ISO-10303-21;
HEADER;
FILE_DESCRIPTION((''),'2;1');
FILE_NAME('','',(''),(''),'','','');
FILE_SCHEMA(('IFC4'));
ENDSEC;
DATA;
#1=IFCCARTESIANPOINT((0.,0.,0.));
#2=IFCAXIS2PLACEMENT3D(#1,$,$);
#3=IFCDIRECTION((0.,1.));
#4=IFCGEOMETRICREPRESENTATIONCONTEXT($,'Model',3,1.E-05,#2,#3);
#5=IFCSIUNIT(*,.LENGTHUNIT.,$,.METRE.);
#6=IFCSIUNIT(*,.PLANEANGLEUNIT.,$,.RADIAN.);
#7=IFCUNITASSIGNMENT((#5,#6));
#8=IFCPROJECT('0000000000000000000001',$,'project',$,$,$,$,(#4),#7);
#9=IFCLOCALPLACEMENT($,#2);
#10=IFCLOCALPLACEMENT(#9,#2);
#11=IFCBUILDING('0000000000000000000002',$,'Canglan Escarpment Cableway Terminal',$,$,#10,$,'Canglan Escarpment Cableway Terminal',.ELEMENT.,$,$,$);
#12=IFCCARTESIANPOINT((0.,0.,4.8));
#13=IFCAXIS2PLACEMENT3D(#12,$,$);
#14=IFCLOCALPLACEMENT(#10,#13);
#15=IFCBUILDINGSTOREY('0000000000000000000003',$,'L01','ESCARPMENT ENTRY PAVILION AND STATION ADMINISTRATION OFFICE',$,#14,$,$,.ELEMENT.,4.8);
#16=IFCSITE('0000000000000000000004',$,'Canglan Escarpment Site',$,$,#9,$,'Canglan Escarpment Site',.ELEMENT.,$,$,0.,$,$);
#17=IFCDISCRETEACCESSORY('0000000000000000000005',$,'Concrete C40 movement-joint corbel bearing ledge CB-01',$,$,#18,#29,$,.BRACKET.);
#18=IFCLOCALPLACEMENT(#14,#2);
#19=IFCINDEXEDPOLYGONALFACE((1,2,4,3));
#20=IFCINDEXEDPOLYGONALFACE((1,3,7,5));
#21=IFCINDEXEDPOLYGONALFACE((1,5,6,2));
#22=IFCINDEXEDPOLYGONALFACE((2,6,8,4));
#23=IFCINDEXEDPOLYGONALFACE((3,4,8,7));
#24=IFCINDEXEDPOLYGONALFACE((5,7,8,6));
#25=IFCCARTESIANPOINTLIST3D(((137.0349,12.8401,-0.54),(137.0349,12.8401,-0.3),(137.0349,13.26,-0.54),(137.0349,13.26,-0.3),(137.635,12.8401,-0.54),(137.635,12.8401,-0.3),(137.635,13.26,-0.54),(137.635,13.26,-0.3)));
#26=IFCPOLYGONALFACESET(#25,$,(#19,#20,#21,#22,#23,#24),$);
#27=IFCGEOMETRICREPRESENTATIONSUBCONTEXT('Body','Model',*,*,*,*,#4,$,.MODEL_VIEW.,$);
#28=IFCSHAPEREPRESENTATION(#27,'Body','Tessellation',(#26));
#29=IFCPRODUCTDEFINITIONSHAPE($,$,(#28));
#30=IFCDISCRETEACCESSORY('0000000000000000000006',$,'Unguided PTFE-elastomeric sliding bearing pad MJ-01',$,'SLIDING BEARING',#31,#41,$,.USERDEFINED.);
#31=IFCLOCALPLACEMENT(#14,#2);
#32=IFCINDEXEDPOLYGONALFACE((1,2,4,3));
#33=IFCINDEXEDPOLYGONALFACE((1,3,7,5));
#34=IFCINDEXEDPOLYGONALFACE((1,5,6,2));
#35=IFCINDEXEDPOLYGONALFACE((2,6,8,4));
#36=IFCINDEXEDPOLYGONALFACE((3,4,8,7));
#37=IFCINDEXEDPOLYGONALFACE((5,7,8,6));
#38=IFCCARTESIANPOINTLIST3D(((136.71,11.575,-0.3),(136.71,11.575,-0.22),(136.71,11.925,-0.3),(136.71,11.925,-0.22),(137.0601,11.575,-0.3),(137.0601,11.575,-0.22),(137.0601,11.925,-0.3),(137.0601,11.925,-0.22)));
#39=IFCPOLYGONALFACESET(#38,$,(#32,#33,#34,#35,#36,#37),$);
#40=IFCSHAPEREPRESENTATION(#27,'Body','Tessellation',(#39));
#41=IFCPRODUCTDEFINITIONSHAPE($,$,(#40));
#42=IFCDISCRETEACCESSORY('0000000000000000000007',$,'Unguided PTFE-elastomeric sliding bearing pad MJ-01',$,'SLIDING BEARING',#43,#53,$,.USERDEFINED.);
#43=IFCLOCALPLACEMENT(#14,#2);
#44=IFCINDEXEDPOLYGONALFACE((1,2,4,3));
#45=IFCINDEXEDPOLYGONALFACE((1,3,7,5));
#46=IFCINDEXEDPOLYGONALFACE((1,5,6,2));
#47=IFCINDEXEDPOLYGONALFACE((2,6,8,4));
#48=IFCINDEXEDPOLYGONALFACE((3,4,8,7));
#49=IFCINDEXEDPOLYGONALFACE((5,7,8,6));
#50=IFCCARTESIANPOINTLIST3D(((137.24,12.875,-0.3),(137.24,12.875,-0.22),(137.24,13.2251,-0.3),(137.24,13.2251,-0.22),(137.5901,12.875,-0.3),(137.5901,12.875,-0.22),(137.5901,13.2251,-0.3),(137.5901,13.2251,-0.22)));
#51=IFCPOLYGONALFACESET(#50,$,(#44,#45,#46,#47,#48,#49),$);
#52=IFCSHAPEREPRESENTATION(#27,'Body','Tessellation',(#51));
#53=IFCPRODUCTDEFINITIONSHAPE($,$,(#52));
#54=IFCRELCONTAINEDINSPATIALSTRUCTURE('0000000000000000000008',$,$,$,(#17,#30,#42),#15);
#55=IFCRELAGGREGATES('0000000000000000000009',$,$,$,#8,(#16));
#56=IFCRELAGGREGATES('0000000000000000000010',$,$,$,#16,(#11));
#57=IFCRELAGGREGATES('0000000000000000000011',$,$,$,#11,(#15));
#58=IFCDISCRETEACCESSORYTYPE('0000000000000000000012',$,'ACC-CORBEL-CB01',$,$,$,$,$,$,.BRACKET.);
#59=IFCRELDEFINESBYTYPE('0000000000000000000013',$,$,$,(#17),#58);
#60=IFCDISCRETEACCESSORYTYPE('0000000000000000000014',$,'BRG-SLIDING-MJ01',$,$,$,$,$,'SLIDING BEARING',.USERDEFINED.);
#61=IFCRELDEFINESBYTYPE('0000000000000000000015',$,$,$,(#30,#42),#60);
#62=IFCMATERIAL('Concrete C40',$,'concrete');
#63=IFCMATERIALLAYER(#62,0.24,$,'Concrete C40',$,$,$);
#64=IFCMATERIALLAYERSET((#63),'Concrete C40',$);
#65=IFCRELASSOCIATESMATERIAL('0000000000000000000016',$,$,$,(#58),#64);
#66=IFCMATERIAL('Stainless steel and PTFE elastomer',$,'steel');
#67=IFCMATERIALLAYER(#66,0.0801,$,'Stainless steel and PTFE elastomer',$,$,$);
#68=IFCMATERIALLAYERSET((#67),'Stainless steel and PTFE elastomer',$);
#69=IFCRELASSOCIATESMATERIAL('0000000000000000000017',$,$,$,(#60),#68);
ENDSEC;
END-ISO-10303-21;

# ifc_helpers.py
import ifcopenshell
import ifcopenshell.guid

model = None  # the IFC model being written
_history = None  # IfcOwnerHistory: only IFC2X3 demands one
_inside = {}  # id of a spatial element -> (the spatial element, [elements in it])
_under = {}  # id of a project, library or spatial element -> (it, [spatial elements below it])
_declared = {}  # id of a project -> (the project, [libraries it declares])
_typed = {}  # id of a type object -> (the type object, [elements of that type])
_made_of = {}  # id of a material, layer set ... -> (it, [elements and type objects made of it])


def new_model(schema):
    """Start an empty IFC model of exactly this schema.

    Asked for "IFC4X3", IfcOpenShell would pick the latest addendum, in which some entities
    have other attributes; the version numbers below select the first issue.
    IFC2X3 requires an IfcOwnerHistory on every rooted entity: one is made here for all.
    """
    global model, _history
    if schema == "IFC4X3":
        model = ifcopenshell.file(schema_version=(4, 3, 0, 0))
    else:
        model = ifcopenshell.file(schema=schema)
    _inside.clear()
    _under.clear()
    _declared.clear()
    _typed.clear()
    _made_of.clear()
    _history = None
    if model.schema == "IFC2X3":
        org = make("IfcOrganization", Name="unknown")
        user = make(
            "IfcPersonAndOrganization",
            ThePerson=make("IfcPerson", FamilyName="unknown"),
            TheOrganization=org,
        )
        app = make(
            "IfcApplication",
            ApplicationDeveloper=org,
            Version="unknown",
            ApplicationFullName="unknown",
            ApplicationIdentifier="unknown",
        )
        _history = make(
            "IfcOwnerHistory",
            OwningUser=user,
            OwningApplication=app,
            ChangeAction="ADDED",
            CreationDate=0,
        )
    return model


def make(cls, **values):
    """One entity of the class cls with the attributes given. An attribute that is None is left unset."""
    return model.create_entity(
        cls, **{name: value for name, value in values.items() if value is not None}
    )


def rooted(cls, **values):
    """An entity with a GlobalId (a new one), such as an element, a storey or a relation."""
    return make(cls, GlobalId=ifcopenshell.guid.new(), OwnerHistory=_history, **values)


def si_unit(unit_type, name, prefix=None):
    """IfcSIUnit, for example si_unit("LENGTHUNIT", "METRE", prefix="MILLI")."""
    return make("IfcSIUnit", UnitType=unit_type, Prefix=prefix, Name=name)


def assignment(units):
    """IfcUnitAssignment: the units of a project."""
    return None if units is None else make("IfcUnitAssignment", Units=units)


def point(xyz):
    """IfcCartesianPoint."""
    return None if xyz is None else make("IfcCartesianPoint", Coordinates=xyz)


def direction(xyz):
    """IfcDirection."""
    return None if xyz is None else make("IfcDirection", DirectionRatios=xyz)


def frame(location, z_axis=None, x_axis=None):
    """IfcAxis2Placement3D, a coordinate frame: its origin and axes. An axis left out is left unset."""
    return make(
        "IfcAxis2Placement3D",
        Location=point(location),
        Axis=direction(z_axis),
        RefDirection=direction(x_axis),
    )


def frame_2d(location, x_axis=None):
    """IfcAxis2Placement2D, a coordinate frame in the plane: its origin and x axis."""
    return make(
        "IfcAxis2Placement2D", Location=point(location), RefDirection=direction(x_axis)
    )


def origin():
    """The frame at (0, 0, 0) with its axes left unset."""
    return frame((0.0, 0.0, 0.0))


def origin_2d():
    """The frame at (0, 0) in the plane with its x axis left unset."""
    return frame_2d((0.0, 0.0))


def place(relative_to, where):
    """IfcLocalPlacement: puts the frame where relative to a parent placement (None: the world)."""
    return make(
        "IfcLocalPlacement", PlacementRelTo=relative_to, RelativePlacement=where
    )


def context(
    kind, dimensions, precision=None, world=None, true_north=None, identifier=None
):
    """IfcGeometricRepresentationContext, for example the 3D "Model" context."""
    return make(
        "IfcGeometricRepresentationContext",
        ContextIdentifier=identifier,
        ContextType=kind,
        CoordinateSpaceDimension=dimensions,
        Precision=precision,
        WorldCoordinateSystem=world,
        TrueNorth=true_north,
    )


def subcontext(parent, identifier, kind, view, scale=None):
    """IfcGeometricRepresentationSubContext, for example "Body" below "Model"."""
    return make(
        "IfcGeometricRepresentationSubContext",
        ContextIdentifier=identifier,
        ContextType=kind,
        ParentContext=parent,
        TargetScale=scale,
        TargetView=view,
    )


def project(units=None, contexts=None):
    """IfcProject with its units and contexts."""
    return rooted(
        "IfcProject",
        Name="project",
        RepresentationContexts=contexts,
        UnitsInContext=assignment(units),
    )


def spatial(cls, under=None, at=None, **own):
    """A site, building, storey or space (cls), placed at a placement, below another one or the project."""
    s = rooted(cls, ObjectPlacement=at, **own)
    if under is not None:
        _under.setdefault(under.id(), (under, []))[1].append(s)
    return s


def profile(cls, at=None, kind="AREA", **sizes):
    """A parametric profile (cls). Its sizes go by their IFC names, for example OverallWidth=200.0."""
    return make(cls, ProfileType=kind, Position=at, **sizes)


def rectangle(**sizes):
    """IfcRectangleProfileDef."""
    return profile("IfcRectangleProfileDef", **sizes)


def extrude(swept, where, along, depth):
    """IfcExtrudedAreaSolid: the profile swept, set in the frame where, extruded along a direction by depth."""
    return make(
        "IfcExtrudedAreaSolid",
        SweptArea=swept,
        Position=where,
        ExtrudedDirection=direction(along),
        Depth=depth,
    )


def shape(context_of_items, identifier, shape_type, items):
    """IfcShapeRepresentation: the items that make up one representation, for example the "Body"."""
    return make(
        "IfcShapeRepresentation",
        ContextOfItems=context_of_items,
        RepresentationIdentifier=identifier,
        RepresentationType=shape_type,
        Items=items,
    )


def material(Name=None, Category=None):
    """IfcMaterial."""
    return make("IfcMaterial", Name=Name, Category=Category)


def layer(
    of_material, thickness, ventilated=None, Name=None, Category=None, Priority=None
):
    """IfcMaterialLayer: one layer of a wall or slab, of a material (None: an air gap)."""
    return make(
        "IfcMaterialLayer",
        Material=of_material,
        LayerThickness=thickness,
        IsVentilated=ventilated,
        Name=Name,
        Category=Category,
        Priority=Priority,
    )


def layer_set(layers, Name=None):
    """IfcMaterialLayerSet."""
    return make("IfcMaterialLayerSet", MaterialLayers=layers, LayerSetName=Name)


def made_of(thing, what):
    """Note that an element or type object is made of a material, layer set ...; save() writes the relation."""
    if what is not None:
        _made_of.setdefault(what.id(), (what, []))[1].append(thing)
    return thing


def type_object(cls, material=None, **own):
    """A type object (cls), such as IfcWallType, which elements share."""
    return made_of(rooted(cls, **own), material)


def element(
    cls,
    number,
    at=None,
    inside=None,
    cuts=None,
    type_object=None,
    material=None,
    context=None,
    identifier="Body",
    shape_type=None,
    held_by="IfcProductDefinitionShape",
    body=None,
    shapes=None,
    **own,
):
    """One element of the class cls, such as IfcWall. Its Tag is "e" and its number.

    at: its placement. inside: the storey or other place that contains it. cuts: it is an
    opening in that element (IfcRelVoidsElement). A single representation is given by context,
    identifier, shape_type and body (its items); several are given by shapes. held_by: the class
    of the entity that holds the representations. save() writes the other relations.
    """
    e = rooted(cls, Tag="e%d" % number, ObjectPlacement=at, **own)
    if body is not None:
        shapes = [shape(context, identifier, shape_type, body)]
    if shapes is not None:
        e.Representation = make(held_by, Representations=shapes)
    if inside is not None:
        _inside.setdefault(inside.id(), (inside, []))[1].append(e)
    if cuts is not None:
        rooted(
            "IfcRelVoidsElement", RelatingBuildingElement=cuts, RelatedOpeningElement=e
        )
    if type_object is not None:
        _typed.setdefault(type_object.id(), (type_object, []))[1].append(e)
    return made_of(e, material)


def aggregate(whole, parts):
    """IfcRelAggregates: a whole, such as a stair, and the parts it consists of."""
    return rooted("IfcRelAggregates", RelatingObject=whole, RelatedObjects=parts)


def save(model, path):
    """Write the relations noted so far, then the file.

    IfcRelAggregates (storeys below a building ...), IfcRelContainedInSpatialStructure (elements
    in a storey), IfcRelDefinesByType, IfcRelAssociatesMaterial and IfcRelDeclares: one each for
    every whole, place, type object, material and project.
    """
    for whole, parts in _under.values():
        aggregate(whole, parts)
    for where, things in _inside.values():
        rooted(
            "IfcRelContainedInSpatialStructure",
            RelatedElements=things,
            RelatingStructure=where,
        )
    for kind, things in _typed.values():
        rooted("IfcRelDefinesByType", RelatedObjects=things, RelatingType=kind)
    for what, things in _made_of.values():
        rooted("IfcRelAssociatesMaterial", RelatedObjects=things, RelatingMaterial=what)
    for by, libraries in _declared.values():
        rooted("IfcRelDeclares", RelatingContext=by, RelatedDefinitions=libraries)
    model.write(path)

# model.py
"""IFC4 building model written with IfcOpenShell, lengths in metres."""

from ifc_helpers import new_model, si_unit, direction, frame, origin, origin_2d, place, context, subcontext, project, spatial, rectangle, extrude, material, layer, layer_set, type_object, element, save


model = new_model("IFC4")

# Units and contexts
model_context = context("Model", 3, precision=1e-05, world=origin(), true_north=direction((0.0, 1.0)))
body_context = subcontext(model_context, "Body", "Model", "MODEL_VIEW")
ifc_project = project(units=[si_unit("LENGTHUNIT", "METRE"), si_unit("PLANEANGLEUNIT", "RADIAN")], contexts=[model_context])

# Site, building, storey
site_placement = place(None, origin())
site = spatial("IfcSite", under=ifc_project, at=site_placement, Name="Canglan Escarpment Site", LongName="Canglan Escarpment Site", CompositionType="ELEMENT", RefElevation=0.0)
building_placement = place(site_placement, origin())
building = spatial("IfcBuilding", under=site, at=building_placement, Name="Canglan Escarpment Cableway Terminal", LongName="Canglan Escarpment Cableway Terminal", CompositionType="ELEMENT")
storey_placement = place(building_placement, frame((0.0, 0.0, 4.8)))
storey = spatial("IfcBuildingStorey", under=building, at=storey_placement, Name="L01", Description="ESCARPMENT ENTRY PAVILION AND STATION ADMINISTRATION OFFICE", CompositionType="ELEMENT", Elevation=4.8)

# Shared definitions
ifc_material_1 = material(Name="Concrete C40", Category="concrete")

# Discrete accessories
ifc_layer_1 = layer(ifc_material_1, 0.24, Name="Concrete C40")
ifc_layer_set_1 = layer_set([ifc_layer_1], Name="Concrete C40")
discrete_accessory_type_1 = type_object("IfcDiscreteAccessoryType", Name="ACC-CORBEL-CB01", PredefinedType="BRACKET", material=ifc_layer_set_1)
for number, where, z_axis, x_axis, name in (
    (1, (137.335, 13.05, -0.54), (0.0, 0.0, 1.0), (1.0, 0.0, 0.0), "Concrete C40 movement-joint corbel bearing ledge CB-01"),
):
    element("IfcDiscreteAccessory", number, at=place(storey_placement, frame(where, z_axis=z_axis, x_axis=x_axis)), inside=storey, type_object=discrete_accessory_type_1, Name=name, PredefinedType="BRACKET", context=body_context, shape_type="SweptSolid", body=[
        extrude(rectangle(XDim=0.6001, YDim=0.4199, at=origin_2d()), origin(), (0.0, 0.0, 1.0), 0.24),
    ])
ifc_material_2 = material(Name="Stainless steel and PTFE elastomer", Category="steel")
ifc_layer_2 = layer(ifc_material_2, 0.0801, Name="Stainless steel and PTFE elastomer")
ifc_layer_set_2 = layer_set([ifc_layer_2], Name="Stainless steel and PTFE elastomer")
discrete_accessory_type_2 = type_object("IfcDiscreteAccessoryType", Name="BRG-SLIDING-MJ01", ElementType="SLIDING BEARING", PredefinedType="USERDEFINED", material=ifc_layer_set_2)
for number, where, z_axis, x_axis, name in (
    (2, (136.885, 11.75, -0.3), (0.0, 0.0, 1.0), (1.0, 0.0, 0.0), "Unguided PTFE-elastomeric sliding bearing pad MJ-01"),
    (3, (137.415, 13.05, -0.3), (0.0, 0.0, 1.0), (1.0, 0.0, 0.0), "Unguided PTFE-elastomeric sliding bearing pad MJ-01"),
):
    element("IfcDiscreteAccessory", number, at=place(storey_placement, frame(where, z_axis=z_axis, x_axis=x_axis)), inside=storey, type_object=discrete_accessory_type_2, Name=name, ObjectType="SLIDING BEARING", PredefinedType="USERDEFINED", context=body_context, shape_type="SweptSolid", body=[
        extrude(rectangle(XDim=0.3501, YDim=0.3501, at=origin_2d()), origin(), (0.0, 0.0, 1.0), 0.0801),
    ])

save(model, "model.ifc")
